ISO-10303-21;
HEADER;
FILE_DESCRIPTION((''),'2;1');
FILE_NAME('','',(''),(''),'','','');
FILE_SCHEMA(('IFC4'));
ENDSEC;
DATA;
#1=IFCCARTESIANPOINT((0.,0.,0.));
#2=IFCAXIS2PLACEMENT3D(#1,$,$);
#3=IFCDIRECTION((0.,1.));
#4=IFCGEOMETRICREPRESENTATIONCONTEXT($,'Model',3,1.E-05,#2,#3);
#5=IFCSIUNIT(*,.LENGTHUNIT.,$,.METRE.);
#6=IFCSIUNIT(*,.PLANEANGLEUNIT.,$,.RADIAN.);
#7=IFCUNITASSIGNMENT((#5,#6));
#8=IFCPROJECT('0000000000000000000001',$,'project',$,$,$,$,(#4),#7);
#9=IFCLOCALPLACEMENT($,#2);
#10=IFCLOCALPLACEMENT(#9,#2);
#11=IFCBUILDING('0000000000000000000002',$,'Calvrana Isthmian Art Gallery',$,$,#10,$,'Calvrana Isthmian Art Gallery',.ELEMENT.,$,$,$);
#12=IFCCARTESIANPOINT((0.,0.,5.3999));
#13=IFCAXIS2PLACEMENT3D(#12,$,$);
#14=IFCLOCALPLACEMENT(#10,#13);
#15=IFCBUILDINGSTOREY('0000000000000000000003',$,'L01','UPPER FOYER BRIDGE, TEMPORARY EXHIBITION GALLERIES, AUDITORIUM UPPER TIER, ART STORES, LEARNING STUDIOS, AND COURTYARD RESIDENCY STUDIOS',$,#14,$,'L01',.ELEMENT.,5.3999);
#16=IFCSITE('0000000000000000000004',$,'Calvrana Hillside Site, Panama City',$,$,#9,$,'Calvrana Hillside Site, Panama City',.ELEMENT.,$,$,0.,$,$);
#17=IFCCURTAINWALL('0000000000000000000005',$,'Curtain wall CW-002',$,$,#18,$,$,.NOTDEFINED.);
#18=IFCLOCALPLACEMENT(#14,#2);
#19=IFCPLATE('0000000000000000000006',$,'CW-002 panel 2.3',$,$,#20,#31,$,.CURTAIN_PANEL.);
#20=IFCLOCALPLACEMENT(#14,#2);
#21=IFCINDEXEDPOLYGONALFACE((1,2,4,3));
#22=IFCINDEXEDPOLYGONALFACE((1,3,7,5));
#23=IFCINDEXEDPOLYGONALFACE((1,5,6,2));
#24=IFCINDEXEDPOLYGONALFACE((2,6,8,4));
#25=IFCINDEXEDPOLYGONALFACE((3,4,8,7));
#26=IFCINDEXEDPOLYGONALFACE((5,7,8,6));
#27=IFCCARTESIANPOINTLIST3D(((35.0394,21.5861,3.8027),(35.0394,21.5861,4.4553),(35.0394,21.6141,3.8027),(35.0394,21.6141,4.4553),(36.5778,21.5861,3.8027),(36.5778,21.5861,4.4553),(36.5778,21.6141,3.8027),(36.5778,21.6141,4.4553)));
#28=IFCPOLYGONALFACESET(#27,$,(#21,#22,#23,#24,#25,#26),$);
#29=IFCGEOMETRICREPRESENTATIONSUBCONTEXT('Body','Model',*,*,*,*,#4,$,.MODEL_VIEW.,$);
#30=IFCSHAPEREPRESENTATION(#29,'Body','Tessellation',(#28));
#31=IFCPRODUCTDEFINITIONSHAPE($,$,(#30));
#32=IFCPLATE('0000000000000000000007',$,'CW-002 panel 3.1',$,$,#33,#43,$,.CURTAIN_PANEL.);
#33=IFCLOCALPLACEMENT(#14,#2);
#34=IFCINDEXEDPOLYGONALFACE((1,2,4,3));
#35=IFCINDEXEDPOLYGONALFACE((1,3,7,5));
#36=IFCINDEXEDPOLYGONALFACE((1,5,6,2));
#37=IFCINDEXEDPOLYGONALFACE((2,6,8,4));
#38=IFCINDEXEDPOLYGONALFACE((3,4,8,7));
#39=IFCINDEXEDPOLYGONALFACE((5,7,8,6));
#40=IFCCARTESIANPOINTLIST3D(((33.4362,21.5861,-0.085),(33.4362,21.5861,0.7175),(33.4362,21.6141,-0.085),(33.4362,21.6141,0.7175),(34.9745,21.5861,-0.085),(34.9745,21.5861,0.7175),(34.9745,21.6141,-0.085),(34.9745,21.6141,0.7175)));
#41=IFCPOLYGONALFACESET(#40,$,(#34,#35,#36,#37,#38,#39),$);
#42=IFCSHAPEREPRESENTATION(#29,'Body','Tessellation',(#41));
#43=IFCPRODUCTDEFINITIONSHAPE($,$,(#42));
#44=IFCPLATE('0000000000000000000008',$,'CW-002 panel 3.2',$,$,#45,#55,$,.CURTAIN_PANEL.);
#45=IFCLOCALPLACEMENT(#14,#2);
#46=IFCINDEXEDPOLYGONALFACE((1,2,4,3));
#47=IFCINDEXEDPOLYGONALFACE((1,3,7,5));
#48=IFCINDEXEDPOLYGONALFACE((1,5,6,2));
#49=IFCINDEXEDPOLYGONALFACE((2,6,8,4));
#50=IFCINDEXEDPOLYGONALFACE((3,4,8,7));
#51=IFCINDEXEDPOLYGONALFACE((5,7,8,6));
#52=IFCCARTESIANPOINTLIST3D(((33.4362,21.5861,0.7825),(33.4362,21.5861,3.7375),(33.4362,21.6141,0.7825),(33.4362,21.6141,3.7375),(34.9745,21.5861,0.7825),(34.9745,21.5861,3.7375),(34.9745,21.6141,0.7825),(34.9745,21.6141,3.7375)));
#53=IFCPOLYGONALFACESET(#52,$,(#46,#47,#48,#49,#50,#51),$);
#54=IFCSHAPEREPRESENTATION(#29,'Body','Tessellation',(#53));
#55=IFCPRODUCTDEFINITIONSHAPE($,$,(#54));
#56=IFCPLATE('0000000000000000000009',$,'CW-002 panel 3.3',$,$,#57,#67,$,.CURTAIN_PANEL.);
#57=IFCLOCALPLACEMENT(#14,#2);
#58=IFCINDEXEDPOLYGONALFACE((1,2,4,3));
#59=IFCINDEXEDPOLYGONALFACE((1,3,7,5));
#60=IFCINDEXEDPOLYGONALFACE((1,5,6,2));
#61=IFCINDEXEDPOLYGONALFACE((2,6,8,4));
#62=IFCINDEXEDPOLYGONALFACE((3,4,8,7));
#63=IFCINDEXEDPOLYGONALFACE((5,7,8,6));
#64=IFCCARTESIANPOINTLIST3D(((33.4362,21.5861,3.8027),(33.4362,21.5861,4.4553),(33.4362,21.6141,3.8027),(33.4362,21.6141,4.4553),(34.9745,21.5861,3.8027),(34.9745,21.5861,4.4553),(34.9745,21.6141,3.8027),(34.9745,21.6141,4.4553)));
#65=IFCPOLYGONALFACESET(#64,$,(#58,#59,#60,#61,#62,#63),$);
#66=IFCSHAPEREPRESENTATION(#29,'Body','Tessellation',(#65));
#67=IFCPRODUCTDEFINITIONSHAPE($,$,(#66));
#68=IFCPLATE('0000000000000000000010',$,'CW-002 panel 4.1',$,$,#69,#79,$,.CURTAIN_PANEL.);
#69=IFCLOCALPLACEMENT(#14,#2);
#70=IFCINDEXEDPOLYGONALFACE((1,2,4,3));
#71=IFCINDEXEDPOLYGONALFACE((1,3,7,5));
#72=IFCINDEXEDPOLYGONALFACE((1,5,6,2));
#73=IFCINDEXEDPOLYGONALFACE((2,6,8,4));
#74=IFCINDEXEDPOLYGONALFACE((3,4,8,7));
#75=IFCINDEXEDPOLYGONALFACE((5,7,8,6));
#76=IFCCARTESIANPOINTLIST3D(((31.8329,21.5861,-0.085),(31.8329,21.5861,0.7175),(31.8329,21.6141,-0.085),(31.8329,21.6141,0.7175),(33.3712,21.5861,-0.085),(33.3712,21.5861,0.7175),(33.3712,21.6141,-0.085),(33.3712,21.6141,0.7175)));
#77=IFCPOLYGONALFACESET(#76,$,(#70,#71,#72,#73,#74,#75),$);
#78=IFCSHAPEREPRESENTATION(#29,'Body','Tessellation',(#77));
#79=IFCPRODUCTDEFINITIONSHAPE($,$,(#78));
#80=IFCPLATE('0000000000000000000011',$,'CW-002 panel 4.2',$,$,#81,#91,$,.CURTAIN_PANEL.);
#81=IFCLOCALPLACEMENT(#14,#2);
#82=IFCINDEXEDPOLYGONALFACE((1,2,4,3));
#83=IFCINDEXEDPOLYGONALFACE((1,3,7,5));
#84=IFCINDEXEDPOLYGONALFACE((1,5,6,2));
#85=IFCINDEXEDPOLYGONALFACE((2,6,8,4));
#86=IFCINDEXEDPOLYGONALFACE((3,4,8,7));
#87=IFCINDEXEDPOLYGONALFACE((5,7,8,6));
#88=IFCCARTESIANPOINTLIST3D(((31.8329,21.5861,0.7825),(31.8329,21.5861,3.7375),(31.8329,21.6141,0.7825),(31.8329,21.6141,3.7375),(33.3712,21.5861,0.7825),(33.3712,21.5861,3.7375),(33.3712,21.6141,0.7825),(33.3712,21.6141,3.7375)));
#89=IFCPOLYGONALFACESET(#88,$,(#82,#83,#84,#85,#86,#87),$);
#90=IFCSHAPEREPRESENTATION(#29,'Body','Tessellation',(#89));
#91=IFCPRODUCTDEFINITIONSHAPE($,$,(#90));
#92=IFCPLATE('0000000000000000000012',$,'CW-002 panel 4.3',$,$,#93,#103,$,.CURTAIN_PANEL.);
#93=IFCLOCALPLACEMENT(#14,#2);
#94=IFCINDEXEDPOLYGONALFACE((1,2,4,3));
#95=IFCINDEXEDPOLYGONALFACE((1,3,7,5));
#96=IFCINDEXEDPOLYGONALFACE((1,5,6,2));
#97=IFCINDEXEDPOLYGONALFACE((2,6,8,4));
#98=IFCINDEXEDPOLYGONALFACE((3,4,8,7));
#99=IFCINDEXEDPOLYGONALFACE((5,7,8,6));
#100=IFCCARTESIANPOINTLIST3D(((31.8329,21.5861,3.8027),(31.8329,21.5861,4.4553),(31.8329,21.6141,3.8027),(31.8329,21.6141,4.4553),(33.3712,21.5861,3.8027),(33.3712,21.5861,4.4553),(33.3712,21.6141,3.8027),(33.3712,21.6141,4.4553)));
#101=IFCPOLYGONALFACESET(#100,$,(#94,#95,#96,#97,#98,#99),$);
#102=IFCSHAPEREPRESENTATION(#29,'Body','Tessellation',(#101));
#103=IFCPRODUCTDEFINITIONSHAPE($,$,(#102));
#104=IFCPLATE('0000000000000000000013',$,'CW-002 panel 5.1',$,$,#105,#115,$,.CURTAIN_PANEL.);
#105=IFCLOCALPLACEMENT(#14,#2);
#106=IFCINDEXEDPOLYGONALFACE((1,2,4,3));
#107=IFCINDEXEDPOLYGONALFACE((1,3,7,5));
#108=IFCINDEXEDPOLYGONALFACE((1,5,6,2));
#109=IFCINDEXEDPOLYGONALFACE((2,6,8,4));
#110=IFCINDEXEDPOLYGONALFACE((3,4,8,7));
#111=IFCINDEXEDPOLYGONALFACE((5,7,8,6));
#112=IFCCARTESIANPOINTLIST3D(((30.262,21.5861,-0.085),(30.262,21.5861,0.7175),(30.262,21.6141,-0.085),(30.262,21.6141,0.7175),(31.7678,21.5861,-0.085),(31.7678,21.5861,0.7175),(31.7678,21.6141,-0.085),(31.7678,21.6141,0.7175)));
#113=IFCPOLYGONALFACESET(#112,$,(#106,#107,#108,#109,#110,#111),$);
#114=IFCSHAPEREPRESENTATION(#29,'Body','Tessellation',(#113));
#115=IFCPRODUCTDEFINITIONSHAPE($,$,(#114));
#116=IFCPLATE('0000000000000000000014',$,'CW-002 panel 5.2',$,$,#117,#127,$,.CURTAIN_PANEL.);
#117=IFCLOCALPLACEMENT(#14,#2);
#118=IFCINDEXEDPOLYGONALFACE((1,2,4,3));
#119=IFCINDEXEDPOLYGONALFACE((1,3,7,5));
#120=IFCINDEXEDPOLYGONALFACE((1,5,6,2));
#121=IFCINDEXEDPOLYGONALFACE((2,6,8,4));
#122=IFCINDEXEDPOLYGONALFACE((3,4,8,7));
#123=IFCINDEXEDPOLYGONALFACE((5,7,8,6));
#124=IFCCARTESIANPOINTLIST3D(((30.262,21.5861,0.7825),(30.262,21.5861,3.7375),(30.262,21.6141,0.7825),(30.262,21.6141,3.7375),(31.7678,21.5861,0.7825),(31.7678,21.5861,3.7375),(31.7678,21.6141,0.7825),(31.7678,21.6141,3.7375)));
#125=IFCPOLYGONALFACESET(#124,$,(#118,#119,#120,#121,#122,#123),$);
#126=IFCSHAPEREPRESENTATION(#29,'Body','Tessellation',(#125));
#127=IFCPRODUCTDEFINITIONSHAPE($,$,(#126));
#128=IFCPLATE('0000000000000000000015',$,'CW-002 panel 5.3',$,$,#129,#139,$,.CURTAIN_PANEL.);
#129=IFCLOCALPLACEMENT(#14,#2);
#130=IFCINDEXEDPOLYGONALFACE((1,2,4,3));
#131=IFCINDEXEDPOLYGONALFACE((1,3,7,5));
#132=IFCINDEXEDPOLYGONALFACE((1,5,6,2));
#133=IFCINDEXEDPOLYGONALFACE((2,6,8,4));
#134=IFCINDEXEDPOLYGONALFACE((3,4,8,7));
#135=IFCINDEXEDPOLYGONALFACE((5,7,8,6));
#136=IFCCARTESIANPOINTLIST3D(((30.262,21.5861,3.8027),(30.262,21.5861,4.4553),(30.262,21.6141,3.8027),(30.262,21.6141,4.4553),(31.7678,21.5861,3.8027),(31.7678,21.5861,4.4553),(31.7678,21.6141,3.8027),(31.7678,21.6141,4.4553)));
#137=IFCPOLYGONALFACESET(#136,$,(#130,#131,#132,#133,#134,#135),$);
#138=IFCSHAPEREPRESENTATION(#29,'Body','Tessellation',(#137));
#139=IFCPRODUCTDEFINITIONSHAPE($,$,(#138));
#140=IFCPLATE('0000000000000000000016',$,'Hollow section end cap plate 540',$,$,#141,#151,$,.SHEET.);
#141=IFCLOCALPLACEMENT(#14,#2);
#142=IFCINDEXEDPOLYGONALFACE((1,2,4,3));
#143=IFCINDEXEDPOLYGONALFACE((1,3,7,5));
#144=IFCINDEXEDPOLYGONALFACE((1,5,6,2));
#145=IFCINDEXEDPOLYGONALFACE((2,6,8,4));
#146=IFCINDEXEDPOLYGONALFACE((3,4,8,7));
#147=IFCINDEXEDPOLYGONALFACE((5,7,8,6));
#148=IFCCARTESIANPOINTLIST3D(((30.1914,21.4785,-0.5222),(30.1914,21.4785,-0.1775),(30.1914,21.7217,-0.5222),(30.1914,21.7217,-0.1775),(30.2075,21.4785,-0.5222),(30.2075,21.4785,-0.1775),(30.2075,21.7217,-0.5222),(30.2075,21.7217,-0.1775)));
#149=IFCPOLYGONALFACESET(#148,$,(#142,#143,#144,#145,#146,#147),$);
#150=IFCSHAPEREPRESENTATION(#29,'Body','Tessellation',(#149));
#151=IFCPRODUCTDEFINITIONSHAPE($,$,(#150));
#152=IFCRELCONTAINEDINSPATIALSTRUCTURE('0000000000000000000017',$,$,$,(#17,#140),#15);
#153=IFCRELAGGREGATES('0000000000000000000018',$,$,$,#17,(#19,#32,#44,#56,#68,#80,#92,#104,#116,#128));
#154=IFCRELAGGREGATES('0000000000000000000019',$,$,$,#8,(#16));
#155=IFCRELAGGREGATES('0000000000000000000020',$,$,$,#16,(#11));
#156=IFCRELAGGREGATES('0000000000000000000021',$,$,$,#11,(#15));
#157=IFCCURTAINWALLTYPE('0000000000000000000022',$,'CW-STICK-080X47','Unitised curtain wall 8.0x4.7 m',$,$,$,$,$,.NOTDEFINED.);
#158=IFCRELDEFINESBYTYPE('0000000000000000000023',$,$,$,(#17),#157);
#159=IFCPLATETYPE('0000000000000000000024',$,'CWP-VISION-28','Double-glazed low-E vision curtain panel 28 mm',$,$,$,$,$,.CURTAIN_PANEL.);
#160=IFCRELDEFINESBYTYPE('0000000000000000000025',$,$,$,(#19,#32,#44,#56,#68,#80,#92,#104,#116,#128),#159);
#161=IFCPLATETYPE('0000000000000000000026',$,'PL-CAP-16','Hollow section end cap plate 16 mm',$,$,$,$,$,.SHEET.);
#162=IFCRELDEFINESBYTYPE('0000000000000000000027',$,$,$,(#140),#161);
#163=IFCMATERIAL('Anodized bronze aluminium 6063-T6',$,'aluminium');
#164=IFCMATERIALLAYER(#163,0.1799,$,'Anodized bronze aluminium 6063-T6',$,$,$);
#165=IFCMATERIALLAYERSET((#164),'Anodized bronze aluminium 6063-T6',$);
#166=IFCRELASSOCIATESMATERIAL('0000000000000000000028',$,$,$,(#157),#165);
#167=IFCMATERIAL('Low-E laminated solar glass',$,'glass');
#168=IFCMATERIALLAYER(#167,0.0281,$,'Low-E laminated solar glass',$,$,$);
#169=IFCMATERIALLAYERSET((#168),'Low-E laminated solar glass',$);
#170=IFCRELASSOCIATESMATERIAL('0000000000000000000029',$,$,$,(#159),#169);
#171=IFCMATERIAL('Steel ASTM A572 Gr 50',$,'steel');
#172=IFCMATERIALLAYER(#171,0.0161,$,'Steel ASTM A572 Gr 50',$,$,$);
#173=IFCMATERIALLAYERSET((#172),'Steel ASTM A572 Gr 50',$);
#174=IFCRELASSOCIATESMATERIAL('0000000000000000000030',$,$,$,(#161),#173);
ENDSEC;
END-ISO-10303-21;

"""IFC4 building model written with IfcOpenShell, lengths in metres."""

from ifc_helpers import new_model, si_unit, direction, frame, origin, origin_2d, place, context, subcontext, project, spatial, rectangle, extrude, material, layer, layer_set, type_object, element, aggregate, save


model = new_model("IFC4")

# Units and contexts
model_context = context("Model", 3, precision=1e-05, world=origin(), true_north=direction((0.0, 1.0)))
body_context = subcontext(model_context, "Body", "Model", "MODEL_VIEW")
ifc_project = project(units=[si_unit("LENGTHUNIT", "METRE"), si_unit("PLANEANGLEUNIT", "RADIAN")], contexts=[model_context])

# Site, building, storey
site_placement = place(None, origin())
site = spatial("IfcSite", under=ifc_project, at=site_placement, Name="Calvrana Hillside Site, Panama City", LongName="Calvrana Hillside Site, Panama City", CompositionType="ELEMENT", RefElevation=0.0)
building_placement = place(site_placement, origin())
building = spatial("IfcBuilding", under=site, at=building_placement, Name="Calvrana Isthmian Art Gallery", LongName="Calvrana Isthmian Art Gallery", CompositionType="ELEMENT")
storey_placement = place(building_placement, frame((0.0, 0.0, 5.3999)))
storey = spatial("IfcBuildingStorey", under=building, at=storey_placement, Name="L01", Description="UPPER FOYER BRIDGE, TEMPORARY EXHIBITION GALLERIES, AUDITORIUM UPPER TIER, ART STORES, LEARNING STUDIOS, AND COURTYARD RESIDENCY STUDIOS", LongName="L01", CompositionType="ELEMENT", Elevation=5.3999)

# Curtain wall, plates
ifc_material_1 = material(Name="Anodized bronze aluminium 6063-T6", Category="aluminium")
ifc_layer_1 = layer(ifc_material_1, 0.1799, Name="Anodized bronze aluminium 6063-T6")
ifc_layer_set_1 = layer_set([ifc_layer_1], Name="Anodized bronze aluminium 6063-T6")
curtain_wall_type = type_object("IfcCurtainWallType", Name="CW-STICK-080X47", Description="Unitised curtain wall 8.0x4.7 m", PredefinedType="NOTDEFINED", material=ifc_layer_set_1)
curtain_wall_placement = place(storey_placement, origin())
curtain_wall = element("IfcCurtainWall", 1, at=curtain_wall_placement, inside=storey, type_object=curtain_wall_type, Name="Curtain wall CW-002", PredefinedType="NOTDEFINED")
ifc_material_2 = material(Name="Low-E laminated solar glass", Category="glass")
ifc_layer_2 = layer(ifc_material_2, 0.0281, Name="Low-E laminated solar glass")
ifc_layer_set_2 = layer_set([ifc_layer_2], Name="Low-E laminated solar glass")
plate_type_1 = type_object("IfcPlateType", Name="CWP-VISION-28", Description="Double-glazed low-E vision curtain panel 28 mm", PredefinedType="CURTAIN_PANEL", material=ifc_layer_set_2)
plate_1_placement = place(storey_placement, frame((35.8086, 21.6001, 3.8027), z_axis=(0.0, 0.0, 1.0), x_axis=(-1.0, 0.0, 0.0)))
plate_1 = element("IfcPlate", 2, at=plate_1_placement, type_object=plate_type_1, Name="CW-002 panel 2.3", PredefinedType="CURTAIN_PANEL", context=body_context, shape_type="SweptSolid", body=[
    extrude(rectangle(XDim=1.5383, YDim=0.0281, at=origin_2d()), origin(), (0.0, 0.0, 1.0), 0.6526),
])
plate_2_placement = place(storey_placement, frame((34.2053, 21.6001, -0.085), z_axis=(0.0, 0.0, 1.0), x_axis=(-1.0, 0.0, 0.0)))
plate_2 = element("IfcPlate", 3, at=plate_2_placement, type_object=plate_type_1, Name="CW-002 panel 3.1", PredefinedType="CURTAIN_PANEL", context=body_context, shape_type="SweptSolid", body=[
    extrude(rectangle(XDim=1.5383, YDim=0.0281, at=origin_2d()), origin(), (0.0, 0.0, 1.0), 0.8025),
])
plate_3_placement = place(storey_placement, frame((34.2053, 21.6001, 0.7825), z_axis=(0.0, 0.0, 1.0), x_axis=(-1.0, 0.0, 0.0)))
plate_3 = element("IfcPlate", 4, at=plate_3_placement, type_object=plate_type_1, Name="CW-002 panel 3.2", PredefinedType="CURTAIN_PANEL", context=body_context, shape_type="SweptSolid", body=[
    extrude(rectangle(XDim=1.5383, YDim=0.0281, at=origin_2d()), origin(), (0.0, 0.0, 1.0), 2.9551),
])
plate_4_placement = place(storey_placement, frame((34.2053, 21.6001, 3.8027), z_axis=(0.0, 0.0, 1.0), x_axis=(-1.0, 0.0, 0.0)))
plate_4 = element("IfcPlate", 5, at=plate_4_placement, type_object=plate_type_1, Name="CW-002 panel 3.3", PredefinedType="CURTAIN_PANEL", context=body_context, shape_type="SweptSolid", body=[
    extrude(rectangle(XDim=1.5383, YDim=0.0281, at=origin_2d()), origin(), (0.0, 0.0, 1.0), 0.6526),
])
plate_5_placement = place(storey_placement, frame((32.6021, 21.6001, -0.085), z_axis=(0.0, 0.0, 1.0), x_axis=(-1.0, 0.0, 0.0)))
plate_5 = element("IfcPlate", 6, at=plate_5_placement, type_object=plate_type_1, Name="CW-002 panel 4.1", PredefinedType="CURTAIN_PANEL", context=body_context, shape_type="SweptSolid", body=[
    extrude(rectangle(XDim=1.5383, YDim=0.0281, at=origin_2d()), origin(), (0.0, 0.0, 1.0), 0.8025),
])
plate_6_placement = place(storey_placement, frame((32.6021, 21.6001, 0.7825), z_axis=(0.0, 0.0, 1.0), x_axis=(-1.0, 0.0, 0.0)))
plate_6 = element("IfcPlate", 7, at=plate_6_placement, type_object=plate_type_1, Name="CW-002 panel 4.2", PredefinedType="CURTAIN_PANEL", context=body_context, shape_type="SweptSolid", body=[
    extrude(rectangle(XDim=1.5383, YDim=0.0281, at=origin_2d()), origin(), (0.0, 0.0, 1.0), 2.9551),
])
plate_7_placement = place(storey_placement, frame((32.6021, 21.6001, 3.8027), z_axis=(0.0, 0.0, 1.0), x_axis=(-1.0, 0.0, 0.0)))
plate_7 = element("IfcPlate", 8, at=plate_7_placement, type_object=plate_type_1, Name="CW-002 panel 4.3", PredefinedType="CURTAIN_PANEL", context=body_context, shape_type="SweptSolid", body=[
    extrude(rectangle(XDim=1.5383, YDim=0.0281, at=origin_2d()), origin(), (0.0, 0.0, 1.0), 0.6526),
])
plate_8_placement = place(storey_placement, frame((31.0149, 21.6001, -0.085), z_axis=(0.0, 0.0, 1.0), x_axis=(-1.0, 0.0, 0.0)))
plate_8 = element("IfcPlate", 9, at=plate_8_placement, type_object=plate_type_1, Name="CW-002 panel 5.1", PredefinedType="CURTAIN_PANEL", context=body_context, shape_type="SweptSolid", body=[
    extrude(rectangle(XDim=1.5059, YDim=0.0281, at=origin_2d()), origin(), (0.0, 0.0, 1.0), 0.8025),
])
plate_9_placement = place(storey_placement, frame((31.0149, 21.6001, 0.7825), z_axis=(0.0, 0.0, 1.0), x_axis=(-1.0, 0.0, 0.0)))
plate_9 = element("IfcPlate", 10, at=plate_9_placement, type_object=plate_type_1, Name="CW-002 panel 5.2", PredefinedType="CURTAIN_PANEL", context=body_context, shape_type="SweptSolid", body=[
    extrude(rectangle(XDim=1.5059, YDim=0.0281, at=origin_2d()), origin(), (0.0, 0.0, 1.0), 2.9551),
])
plate_10_placement = place(storey_placement, frame((31.0149, 21.6001, 3.8027), z_axis=(0.0, 0.0, 1.0), x_axis=(-1.0, 0.0, 0.0)))
plate_10 = element("IfcPlate", 11, at=plate_10_placement, type_object=plate_type_1, Name="CW-002 panel 5.3", PredefinedType="CURTAIN_PANEL", context=body_context, shape_type="SweptSolid", body=[
    extrude(rectangle(XDim=1.5059, YDim=0.0281, at=origin_2d()), origin(), (0.0, 0.0, 1.0), 0.6526),
])
aggregate(curtain_wall, [plate_1, plate_2, plate_3, plate_4, plate_5, plate_6, plate_7, plate_8, plate_9, plate_10])

# Plate
ifc_material_3 = material(Name="Steel ASTM A572 Gr 50", Category="steel")
ifc_layer_3 = layer(ifc_material_3, 0.0161, Name="Steel ASTM A572 Gr 50")
ifc_layer_set_3 = layer_set([ifc_layer_3], Name="Steel ASTM A572 Gr 50")
plate_type_2 = type_object("IfcPlateType", Name="PL-CAP-16", Description="Hollow section end cap plate 16 mm", PredefinedType="SHEET", material=ifc_layer_set_3)
plate_11_placement = place(storey_placement, frame((30.1995, 21.6001, -0.5222), z_axis=(0.0, 0.0, 1.0), x_axis=(1.0, 0.0, 0.0)))
element("IfcPlate", 12, at=plate_11_placement, inside=storey, type_object=plate_type_2, Name="Hollow section end cap plate 540", PredefinedType="SHEET", context=body_context, shape_type="SweptSolid", body=[
    extrude(rectangle(XDim=0.0161, YDim=0.2432, at=origin_2d()), origin(), (0.0, 0.0, 1.0), 0.3447),
])

save(model, "model.ifc")
